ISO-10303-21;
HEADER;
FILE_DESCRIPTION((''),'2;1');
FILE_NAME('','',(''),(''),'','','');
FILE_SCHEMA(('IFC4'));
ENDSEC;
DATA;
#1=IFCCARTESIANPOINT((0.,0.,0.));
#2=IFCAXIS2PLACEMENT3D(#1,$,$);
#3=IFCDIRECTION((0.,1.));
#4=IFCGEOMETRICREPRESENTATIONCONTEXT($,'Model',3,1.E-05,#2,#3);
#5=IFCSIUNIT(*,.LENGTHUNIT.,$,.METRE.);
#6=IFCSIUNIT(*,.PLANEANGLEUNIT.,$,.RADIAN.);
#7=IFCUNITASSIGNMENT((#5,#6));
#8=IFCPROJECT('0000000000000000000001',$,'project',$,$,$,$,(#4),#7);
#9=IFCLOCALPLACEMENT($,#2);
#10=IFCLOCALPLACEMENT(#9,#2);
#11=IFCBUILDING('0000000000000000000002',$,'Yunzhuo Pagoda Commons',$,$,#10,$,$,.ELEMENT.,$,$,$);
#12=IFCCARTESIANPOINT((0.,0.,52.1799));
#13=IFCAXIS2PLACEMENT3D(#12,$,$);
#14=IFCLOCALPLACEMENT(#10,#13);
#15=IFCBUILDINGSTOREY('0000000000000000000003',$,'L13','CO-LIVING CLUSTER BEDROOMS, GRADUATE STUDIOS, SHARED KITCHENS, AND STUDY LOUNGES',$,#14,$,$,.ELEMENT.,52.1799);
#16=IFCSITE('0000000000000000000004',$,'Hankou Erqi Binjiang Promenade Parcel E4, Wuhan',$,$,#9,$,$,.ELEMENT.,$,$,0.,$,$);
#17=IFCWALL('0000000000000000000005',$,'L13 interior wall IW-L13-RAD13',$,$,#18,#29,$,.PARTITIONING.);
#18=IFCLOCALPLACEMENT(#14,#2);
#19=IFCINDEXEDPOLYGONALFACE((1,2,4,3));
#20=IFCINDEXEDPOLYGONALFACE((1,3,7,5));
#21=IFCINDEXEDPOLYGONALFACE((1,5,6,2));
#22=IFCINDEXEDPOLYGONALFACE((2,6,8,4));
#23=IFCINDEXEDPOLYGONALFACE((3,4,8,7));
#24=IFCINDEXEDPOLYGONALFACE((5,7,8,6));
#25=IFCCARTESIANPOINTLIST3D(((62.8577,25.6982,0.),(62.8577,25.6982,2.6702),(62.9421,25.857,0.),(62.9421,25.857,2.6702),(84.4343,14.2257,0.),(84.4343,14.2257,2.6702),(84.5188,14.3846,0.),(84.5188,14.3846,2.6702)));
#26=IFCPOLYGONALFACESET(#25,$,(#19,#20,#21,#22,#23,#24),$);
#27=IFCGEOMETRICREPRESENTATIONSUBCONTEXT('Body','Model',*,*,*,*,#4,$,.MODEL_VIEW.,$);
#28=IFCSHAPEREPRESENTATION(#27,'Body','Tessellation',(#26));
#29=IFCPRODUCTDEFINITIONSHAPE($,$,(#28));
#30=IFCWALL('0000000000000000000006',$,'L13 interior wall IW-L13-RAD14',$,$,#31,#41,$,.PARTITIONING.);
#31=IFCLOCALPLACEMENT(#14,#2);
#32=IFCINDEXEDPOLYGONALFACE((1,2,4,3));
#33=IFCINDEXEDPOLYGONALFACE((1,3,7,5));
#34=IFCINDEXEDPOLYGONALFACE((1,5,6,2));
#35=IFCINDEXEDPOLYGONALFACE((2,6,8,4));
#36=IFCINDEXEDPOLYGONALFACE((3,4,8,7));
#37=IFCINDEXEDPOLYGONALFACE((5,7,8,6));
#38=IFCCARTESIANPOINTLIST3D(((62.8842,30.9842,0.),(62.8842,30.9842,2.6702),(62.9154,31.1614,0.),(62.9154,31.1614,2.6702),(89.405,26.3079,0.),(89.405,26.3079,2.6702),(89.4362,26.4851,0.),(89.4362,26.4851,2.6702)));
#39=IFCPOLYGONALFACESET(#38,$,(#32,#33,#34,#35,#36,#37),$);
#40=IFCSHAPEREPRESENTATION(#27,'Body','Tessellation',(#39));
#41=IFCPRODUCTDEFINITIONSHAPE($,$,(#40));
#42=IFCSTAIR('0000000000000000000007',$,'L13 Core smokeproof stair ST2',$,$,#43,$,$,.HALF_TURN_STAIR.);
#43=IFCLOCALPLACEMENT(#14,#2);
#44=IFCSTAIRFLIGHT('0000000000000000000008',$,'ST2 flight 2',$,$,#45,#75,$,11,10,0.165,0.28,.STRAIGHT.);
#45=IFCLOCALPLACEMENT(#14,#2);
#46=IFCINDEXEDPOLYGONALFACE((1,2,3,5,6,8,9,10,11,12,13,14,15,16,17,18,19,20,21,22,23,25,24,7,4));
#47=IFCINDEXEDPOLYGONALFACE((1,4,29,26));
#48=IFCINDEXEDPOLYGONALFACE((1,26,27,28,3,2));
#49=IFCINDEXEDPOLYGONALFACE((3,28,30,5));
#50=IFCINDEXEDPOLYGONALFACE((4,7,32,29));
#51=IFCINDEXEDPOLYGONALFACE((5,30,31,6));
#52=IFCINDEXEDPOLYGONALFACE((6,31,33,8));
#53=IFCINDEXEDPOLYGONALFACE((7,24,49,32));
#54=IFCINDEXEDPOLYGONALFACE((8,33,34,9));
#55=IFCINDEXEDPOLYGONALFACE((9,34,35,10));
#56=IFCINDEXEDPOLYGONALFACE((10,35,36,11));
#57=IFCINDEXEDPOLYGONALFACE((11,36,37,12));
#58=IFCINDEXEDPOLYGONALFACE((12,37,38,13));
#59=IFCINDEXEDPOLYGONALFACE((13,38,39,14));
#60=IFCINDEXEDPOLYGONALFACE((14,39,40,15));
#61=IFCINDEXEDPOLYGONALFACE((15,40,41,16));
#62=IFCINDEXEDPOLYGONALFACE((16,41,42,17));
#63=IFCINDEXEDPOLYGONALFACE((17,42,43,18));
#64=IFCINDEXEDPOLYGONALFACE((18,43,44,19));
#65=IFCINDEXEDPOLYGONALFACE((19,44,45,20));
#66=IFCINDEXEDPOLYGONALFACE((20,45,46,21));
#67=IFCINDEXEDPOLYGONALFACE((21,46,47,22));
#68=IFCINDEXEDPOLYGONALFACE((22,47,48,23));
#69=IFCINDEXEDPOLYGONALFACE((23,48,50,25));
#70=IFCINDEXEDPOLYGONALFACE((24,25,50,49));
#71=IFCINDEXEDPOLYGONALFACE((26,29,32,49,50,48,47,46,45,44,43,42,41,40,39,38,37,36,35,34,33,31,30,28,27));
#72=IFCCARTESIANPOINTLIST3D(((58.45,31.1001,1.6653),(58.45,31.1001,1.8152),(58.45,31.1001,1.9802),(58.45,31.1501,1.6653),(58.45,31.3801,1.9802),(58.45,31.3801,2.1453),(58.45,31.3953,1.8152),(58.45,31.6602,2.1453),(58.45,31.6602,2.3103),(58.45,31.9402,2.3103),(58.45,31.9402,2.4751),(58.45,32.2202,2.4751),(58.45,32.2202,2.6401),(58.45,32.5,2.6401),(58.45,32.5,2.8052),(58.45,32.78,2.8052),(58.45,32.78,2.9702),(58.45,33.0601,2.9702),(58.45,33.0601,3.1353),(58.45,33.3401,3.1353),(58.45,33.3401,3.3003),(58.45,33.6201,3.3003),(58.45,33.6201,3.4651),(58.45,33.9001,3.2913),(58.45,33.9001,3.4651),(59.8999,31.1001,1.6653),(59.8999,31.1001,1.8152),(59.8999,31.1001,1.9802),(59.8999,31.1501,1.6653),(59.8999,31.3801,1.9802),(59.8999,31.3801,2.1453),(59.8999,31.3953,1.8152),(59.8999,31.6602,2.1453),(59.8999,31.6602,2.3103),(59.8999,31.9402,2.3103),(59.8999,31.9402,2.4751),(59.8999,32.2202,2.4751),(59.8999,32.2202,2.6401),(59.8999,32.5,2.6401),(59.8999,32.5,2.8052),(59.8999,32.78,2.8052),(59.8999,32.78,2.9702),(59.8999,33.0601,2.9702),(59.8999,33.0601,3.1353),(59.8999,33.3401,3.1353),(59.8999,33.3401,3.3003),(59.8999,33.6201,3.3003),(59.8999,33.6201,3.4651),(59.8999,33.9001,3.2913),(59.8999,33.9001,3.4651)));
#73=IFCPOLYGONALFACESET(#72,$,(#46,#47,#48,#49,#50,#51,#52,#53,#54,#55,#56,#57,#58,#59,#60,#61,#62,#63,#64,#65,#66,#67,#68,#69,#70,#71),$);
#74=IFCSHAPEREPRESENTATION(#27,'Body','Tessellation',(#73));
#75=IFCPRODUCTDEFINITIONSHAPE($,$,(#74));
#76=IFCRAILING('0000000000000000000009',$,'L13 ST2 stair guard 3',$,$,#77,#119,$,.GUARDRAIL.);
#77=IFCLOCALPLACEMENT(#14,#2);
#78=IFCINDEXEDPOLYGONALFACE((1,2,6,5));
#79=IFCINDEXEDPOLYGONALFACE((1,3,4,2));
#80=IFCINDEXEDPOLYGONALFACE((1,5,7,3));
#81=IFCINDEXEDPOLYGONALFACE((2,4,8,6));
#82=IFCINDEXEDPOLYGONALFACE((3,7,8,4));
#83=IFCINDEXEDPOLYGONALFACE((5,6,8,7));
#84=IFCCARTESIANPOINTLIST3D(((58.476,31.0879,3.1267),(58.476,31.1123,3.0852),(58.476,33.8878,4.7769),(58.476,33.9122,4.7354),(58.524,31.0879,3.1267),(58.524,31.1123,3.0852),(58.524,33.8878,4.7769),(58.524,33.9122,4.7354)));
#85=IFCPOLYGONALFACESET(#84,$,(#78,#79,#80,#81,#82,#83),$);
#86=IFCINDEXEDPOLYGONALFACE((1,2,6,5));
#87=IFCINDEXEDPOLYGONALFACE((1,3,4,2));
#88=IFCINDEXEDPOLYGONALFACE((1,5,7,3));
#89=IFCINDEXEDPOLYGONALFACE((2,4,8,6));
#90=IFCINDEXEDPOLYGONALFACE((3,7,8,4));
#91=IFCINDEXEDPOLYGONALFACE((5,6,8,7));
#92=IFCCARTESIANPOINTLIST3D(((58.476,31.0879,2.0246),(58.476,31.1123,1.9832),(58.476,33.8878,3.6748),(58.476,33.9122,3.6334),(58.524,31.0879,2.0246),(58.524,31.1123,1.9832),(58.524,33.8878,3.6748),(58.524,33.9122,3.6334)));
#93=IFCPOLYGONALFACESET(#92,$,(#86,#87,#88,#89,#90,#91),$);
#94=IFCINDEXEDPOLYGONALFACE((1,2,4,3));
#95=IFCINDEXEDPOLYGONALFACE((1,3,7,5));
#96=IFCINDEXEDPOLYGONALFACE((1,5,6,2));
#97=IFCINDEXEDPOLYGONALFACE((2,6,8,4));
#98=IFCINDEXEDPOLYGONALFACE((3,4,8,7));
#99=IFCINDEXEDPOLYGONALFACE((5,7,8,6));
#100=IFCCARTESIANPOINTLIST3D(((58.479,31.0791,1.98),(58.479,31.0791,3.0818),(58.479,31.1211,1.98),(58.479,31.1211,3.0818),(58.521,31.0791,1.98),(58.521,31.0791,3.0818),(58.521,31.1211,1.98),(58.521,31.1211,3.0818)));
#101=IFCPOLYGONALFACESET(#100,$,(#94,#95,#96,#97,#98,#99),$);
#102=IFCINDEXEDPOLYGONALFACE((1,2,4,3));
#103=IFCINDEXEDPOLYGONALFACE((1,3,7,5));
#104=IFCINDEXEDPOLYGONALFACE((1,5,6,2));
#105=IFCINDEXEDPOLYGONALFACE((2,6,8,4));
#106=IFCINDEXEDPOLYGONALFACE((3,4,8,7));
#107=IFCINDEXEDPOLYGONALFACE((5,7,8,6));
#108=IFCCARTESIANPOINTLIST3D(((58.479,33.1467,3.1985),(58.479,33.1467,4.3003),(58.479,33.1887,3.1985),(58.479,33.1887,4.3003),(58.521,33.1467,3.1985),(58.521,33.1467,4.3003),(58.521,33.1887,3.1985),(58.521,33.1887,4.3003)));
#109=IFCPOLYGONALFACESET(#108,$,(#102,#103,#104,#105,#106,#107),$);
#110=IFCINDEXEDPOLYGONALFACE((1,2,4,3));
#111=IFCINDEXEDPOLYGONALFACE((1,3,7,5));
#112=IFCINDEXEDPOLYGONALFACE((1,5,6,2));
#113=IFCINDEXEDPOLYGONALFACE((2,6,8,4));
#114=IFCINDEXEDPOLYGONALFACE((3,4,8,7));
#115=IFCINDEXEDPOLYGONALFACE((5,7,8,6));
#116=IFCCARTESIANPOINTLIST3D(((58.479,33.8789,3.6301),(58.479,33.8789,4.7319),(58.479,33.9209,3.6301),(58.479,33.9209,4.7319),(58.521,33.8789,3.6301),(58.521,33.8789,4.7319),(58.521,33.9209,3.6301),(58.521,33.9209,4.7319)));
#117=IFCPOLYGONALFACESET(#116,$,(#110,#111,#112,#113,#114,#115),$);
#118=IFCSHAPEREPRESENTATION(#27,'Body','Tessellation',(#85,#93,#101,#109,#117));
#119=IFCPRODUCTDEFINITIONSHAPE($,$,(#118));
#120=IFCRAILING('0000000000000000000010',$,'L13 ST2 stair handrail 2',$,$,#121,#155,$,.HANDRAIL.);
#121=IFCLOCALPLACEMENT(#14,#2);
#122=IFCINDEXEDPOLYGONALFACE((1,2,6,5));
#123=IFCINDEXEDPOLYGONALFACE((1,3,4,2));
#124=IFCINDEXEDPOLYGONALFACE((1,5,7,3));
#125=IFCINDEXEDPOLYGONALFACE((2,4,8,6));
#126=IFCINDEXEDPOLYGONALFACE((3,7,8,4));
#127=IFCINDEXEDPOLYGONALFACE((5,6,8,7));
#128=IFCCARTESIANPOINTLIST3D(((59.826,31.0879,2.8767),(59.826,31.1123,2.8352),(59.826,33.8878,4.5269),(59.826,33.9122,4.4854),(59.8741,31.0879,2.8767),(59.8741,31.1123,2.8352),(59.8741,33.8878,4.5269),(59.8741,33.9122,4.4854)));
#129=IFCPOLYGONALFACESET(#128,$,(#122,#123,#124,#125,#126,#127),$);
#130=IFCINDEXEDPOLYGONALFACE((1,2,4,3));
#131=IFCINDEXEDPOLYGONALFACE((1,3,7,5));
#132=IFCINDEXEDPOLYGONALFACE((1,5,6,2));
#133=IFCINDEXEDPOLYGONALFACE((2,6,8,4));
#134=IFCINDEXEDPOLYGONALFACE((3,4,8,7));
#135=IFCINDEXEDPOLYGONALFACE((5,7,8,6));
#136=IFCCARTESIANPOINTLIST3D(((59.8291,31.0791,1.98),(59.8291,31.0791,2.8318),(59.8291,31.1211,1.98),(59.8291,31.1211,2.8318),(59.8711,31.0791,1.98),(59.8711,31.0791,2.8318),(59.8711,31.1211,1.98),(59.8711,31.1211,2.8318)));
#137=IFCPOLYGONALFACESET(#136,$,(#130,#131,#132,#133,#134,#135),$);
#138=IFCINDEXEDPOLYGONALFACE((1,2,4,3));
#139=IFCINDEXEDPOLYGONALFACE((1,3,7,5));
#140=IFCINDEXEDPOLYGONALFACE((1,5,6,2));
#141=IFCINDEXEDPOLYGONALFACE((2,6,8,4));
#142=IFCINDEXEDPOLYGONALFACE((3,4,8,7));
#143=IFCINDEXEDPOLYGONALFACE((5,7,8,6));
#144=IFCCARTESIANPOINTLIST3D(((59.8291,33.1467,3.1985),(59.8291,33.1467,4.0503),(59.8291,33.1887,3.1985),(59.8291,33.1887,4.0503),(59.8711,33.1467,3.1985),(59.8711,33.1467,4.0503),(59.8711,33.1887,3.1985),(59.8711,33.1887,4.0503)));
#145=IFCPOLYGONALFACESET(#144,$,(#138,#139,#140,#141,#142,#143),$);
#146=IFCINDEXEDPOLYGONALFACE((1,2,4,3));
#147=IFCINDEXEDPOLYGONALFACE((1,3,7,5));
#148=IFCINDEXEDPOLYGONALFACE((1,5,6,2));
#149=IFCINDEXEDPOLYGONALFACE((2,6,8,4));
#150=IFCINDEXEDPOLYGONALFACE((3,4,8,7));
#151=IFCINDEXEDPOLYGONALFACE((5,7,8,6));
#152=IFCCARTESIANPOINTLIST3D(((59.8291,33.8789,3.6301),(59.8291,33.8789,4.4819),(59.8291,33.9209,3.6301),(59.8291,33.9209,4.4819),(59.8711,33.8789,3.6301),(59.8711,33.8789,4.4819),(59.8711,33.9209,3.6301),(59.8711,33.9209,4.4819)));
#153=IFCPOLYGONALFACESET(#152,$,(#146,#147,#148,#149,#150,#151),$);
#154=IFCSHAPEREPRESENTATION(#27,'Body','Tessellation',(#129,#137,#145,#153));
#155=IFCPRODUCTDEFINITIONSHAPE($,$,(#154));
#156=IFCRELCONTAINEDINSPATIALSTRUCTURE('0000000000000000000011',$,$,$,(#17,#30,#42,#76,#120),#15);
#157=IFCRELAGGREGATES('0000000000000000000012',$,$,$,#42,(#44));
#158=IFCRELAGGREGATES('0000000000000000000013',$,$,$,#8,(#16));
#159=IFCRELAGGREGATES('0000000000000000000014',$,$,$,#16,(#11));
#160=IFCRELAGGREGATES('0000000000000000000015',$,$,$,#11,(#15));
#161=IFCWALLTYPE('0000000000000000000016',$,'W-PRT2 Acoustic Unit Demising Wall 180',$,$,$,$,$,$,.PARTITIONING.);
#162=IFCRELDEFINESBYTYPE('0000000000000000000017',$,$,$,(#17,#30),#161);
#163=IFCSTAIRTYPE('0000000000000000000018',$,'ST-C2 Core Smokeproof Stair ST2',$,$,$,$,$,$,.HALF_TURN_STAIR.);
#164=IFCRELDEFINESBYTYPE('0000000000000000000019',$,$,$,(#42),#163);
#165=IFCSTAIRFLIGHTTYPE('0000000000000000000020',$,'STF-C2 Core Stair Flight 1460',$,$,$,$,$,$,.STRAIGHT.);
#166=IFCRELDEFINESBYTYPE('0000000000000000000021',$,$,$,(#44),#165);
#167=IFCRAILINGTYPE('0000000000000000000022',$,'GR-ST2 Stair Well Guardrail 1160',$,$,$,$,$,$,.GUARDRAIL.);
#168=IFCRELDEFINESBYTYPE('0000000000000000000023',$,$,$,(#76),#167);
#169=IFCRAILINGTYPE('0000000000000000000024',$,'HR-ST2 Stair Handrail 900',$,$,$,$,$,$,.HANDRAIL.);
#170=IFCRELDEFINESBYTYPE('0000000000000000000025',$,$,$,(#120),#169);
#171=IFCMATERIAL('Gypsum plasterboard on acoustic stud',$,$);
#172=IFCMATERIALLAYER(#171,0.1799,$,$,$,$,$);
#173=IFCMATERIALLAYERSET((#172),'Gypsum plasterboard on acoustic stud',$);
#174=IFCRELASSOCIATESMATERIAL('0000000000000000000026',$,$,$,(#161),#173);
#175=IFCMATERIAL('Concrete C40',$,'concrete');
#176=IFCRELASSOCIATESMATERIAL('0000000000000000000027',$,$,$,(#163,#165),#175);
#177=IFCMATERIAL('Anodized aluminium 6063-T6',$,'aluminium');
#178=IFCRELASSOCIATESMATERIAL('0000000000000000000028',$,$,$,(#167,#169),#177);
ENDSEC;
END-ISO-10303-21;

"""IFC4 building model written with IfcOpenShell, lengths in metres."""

from ifc_helpers import new_model, si_unit, direction, frame, frame_2d, origin, origin_2d, place, context, subcontext, project, spatial, polyline, rectangle, outline, extrude, source, transform, mapped, material, layer, layer_set, type_object, element, aggregate, save


model = new_model("IFC4")

# Units and contexts
model_context = context("Model", 3, precision=1e-05, world=origin(), true_north=direction((0.0, 1.0)))
body_context = subcontext(model_context, "Body", "Model", "MODEL_VIEW")
ifc_project = project(units=[si_unit("LENGTHUNIT", "METRE"), si_unit("PLANEANGLEUNIT", "RADIAN")], contexts=[model_context])

# Site, building, storey
site_placement = place(None, origin())
site = spatial("IfcSite", under=ifc_project, at=site_placement, Name="Hankou Erqi Binjiang Promenade Parcel E4, Wuhan", CompositionType="ELEMENT", RefElevation=0.0)
building_placement = place(site_placement, origin())
building = spatial("IfcBuilding", under=site, at=building_placement, Name="Yunzhuo Pagoda Commons", CompositionType="ELEMENT")
storey_placement = place(building_placement, frame((0.0, 0.0, 52.1799)))
storey = spatial("IfcBuildingStorey", under=building, at=storey_placement, Name="L13", Description="CO-LIVING CLUSTER BEDROOMS, GRADUATE STUDIOS, SHARED KITCHENS, AND STUDY LOUNGES", CompositionType="ELEMENT", Elevation=52.1799)

# Shared definitions
ifc_material_1 = material(Name="Anodized aluminium 6063-T6", Category="aluminium")

# Shared definitions
ifc_material_2 = material(Name="Gypsum plasterboard on acoustic stud")

# Walls
ifc_layer_1 = layer(ifc_material_2, 0.1799)
ifc_layer_set_1 = layer_set([ifc_layer_1], Name="Gypsum plasterboard on acoustic stud")
wall_type_1 = type_object("IfcWallType", Name="W-PRT2 Acoustic Unit Demising Wall 180", PredefinedType="PARTITIONING", material=ifc_layer_set_1)
wall_1_placement = place(storey_placement, frame((62.8999, 25.7776, 0.0), z_axis=(0.0, 0.0, 1.0), x_axis=(0.882949, -0.469468, 0.0)))
element("IfcWall", 1, at=wall_1_placement, inside=storey, type_object=wall_type_1, Name="L13 interior wall IW-L13-RAD13", PredefinedType="PARTITIONING", context=body_context, shape_type="SweptSolid", body=[
    extrude(rectangle(XDim=24.437, YDim=0.1799, at=frame_2d((12.2185, 0.0))), origin(), (0.0, 0.0, 1.0), 2.6702),
])
wall_2_placement = place(storey_placement, frame((62.8999, 31.0728, 0.0), z_axis=(0.0, 0.0, 1.0), x_axis=(0.984808, -0.173646, 0.0)))
element("IfcWall", 2, at=wall_2_placement, inside=storey, type_object=wall_type_1, Name="L13 interior wall IW-L13-RAD14", PredefinedType="PARTITIONING", context=body_context, shape_type="SweptSolid", body=[
    extrude(rectangle(XDim=26.9299, YDim=0.1799, at=frame_2d((13.4648, 0.0))), origin(), (0.0, 0.0, 1.0), 2.6702),
])

# Stair, stair flight
ifc_material_3 = material(Name="Concrete C40", Category="concrete")
stair_type = type_object("IfcStairType", Name="ST-C2 Core Smokeproof Stair ST2", PredefinedType="HALF_TURN_STAIR", material=ifc_material_3)
stair_placement = place(storey_placement, origin())
stair = element("IfcStair", 3, at=stair_placement, inside=storey, type_object=stair_type, Name="L13 Core smokeproof stair ST2", PredefinedType="HALF_TURN_STAIR")
stair_flight_type = type_object("IfcStairFlightType", Name="STF-C2 Core Stair Flight 1460", PredefinedType="STRAIGHT", material=ifc_material_3)
shared_shape_1 = source(origin(), body_context, "Body", "SweptSolid", [
    extrude(outline(polyline([(0.0, -0.1499), (0.0, 0.0), (0.0, 0.165), (0.28, 0.165), (0.28, 0.3301), (0.5601, 0.3301), (0.5601, 0.4951), (0.8401, 0.4951), (0.8401, 0.6599), (1.1201, 0.6599), (1.1201, 0.825), (1.3999, 0.825), (1.3999, 0.99), (1.6799, 0.99), (1.6799, 1.155), (1.96, 1.155), (1.96, 1.3201), (2.24, 1.3201), (2.24, 1.4851), (2.52, 1.4851), (2.52, 1.6499), (2.8, 1.6499), (2.8, 1.8149), (2.8, 1.4761), (0.2952, 0.0), (0.05, -0.1499), (0.0, -0.1499)])), frame((0.0, 0.7251, 0.0), z_axis=(0.0, -1.0, 0.0), x_axis=(1.0, 0.0, 0.0)), (0.0, 0.0, 1.0), 1.45),
])
stair_flight_placement = place(storey_placement, frame((59.175, 31.1001, 1.8152), z_axis=(0.0, 0.0, 1.0), x_axis=(0.0, 1.0, 0.0)))
stair_flight = element("IfcStairFlight", 4, at=stair_flight_placement, type_object=stair_flight_type, Name="ST2 flight 2", NumberOfRisers=11, NumberOfTreads=10, PredefinedType="STRAIGHT", RiserHeight=0.165, TreadLength=0.28, context=body_context, shape_type="MappedRepresentation", body=[
    mapped(shared_shape_1, transform((0.0, 0.0, 0.0), scale=1.0)),
])
aggregate(stair, [stair_flight])

# Railings
railing_type_1 = type_object("IfcRailingType", Name="GR-ST2 Stair Well Guardrail 1160", PredefinedType="GUARDRAIL", material=ifc_material_1)
railing_1_placement = place(storey_placement, frame((58.5, 31.1001, 1.98)))
element("IfcRailing", 5, at=railing_1_placement, inside=storey, type_object=railing_type_1, Name="L13 ST2 stair guard 3", PredefinedType="GUARDRAIL", context=body_context, shape_type="SweptSolid", body=[
    extrude(rectangle(XDim=0.0481, YDim=0.0481, at=origin_2d()), frame((0.0, 0.0, 1.126), z_axis=(0.0, 0.861503, 0.507752), x_axis=(-1.0, 0.0, 0.0)), (0.0, 0.0, 1.0), 3.25),
    extrude(rectangle(XDim=0.0481, YDim=0.0481, at=origin_2d()), frame((0.0, 0.0, 0.0239), z_axis=(0.0, 0.861503, 0.507752), x_axis=(-1.0, 0.0, 0.0)), (0.0, 0.0, 1.0), 3.25),
    extrude(rectangle(XDim=0.042, YDim=0.042, at=origin_2d()), origin(), (0.0, 0.0, 1.0), 1.1018),
    extrude(rectangle(XDim=0.042, YDim=0.042, at=origin_2d()), frame((0.0, 2.0676, 1.2185)), (0.0, 0.0, 1.0), 1.1018),
    extrude(rectangle(XDim=0.042, YDim=0.042, at=origin_2d()), frame((0.0, 2.7998, 1.6501)), (0.0, 0.0, 1.0), 1.1018),
])
railing_type_2 = type_object("IfcRailingType", Name="HR-ST2 Stair Handrail 900", PredefinedType="HANDRAIL", material=ifc_material_1)
railing_2_placement = place(storey_placement, frame((59.8501, 31.1001, 1.98)))
element("IfcRailing", 6, at=railing_2_placement, inside=storey, type_object=railing_type_2, Name="L13 ST2 stair handrail 2", PredefinedType="HANDRAIL", context=body_context, shape_type="SweptSolid", body=[
    extrude(rectangle(XDim=0.0481, YDim=0.0481, at=origin_2d()), frame((0.0, 0.0, 0.876), z_axis=(0.0, 0.861503, 0.507752), x_axis=(-1.0, 0.0, 0.0)), (0.0, 0.0, 1.0), 3.25),
    extrude(rectangle(XDim=0.042, YDim=0.042, at=origin_2d()), origin(), (0.0, 0.0, 1.0), 0.8518),
    extrude(rectangle(XDim=0.042, YDim=0.042, at=origin_2d()), frame((0.0, 2.0676, 1.2185)), (0.0, 0.0, 1.0), 0.8518),
    extrude(rectangle(XDim=0.042, YDim=0.042, at=origin_2d()), frame((0.0, 2.7998, 1.6501)), (0.0, 0.0, 1.0), 0.8518),
])

save(model, "model.ifc")
